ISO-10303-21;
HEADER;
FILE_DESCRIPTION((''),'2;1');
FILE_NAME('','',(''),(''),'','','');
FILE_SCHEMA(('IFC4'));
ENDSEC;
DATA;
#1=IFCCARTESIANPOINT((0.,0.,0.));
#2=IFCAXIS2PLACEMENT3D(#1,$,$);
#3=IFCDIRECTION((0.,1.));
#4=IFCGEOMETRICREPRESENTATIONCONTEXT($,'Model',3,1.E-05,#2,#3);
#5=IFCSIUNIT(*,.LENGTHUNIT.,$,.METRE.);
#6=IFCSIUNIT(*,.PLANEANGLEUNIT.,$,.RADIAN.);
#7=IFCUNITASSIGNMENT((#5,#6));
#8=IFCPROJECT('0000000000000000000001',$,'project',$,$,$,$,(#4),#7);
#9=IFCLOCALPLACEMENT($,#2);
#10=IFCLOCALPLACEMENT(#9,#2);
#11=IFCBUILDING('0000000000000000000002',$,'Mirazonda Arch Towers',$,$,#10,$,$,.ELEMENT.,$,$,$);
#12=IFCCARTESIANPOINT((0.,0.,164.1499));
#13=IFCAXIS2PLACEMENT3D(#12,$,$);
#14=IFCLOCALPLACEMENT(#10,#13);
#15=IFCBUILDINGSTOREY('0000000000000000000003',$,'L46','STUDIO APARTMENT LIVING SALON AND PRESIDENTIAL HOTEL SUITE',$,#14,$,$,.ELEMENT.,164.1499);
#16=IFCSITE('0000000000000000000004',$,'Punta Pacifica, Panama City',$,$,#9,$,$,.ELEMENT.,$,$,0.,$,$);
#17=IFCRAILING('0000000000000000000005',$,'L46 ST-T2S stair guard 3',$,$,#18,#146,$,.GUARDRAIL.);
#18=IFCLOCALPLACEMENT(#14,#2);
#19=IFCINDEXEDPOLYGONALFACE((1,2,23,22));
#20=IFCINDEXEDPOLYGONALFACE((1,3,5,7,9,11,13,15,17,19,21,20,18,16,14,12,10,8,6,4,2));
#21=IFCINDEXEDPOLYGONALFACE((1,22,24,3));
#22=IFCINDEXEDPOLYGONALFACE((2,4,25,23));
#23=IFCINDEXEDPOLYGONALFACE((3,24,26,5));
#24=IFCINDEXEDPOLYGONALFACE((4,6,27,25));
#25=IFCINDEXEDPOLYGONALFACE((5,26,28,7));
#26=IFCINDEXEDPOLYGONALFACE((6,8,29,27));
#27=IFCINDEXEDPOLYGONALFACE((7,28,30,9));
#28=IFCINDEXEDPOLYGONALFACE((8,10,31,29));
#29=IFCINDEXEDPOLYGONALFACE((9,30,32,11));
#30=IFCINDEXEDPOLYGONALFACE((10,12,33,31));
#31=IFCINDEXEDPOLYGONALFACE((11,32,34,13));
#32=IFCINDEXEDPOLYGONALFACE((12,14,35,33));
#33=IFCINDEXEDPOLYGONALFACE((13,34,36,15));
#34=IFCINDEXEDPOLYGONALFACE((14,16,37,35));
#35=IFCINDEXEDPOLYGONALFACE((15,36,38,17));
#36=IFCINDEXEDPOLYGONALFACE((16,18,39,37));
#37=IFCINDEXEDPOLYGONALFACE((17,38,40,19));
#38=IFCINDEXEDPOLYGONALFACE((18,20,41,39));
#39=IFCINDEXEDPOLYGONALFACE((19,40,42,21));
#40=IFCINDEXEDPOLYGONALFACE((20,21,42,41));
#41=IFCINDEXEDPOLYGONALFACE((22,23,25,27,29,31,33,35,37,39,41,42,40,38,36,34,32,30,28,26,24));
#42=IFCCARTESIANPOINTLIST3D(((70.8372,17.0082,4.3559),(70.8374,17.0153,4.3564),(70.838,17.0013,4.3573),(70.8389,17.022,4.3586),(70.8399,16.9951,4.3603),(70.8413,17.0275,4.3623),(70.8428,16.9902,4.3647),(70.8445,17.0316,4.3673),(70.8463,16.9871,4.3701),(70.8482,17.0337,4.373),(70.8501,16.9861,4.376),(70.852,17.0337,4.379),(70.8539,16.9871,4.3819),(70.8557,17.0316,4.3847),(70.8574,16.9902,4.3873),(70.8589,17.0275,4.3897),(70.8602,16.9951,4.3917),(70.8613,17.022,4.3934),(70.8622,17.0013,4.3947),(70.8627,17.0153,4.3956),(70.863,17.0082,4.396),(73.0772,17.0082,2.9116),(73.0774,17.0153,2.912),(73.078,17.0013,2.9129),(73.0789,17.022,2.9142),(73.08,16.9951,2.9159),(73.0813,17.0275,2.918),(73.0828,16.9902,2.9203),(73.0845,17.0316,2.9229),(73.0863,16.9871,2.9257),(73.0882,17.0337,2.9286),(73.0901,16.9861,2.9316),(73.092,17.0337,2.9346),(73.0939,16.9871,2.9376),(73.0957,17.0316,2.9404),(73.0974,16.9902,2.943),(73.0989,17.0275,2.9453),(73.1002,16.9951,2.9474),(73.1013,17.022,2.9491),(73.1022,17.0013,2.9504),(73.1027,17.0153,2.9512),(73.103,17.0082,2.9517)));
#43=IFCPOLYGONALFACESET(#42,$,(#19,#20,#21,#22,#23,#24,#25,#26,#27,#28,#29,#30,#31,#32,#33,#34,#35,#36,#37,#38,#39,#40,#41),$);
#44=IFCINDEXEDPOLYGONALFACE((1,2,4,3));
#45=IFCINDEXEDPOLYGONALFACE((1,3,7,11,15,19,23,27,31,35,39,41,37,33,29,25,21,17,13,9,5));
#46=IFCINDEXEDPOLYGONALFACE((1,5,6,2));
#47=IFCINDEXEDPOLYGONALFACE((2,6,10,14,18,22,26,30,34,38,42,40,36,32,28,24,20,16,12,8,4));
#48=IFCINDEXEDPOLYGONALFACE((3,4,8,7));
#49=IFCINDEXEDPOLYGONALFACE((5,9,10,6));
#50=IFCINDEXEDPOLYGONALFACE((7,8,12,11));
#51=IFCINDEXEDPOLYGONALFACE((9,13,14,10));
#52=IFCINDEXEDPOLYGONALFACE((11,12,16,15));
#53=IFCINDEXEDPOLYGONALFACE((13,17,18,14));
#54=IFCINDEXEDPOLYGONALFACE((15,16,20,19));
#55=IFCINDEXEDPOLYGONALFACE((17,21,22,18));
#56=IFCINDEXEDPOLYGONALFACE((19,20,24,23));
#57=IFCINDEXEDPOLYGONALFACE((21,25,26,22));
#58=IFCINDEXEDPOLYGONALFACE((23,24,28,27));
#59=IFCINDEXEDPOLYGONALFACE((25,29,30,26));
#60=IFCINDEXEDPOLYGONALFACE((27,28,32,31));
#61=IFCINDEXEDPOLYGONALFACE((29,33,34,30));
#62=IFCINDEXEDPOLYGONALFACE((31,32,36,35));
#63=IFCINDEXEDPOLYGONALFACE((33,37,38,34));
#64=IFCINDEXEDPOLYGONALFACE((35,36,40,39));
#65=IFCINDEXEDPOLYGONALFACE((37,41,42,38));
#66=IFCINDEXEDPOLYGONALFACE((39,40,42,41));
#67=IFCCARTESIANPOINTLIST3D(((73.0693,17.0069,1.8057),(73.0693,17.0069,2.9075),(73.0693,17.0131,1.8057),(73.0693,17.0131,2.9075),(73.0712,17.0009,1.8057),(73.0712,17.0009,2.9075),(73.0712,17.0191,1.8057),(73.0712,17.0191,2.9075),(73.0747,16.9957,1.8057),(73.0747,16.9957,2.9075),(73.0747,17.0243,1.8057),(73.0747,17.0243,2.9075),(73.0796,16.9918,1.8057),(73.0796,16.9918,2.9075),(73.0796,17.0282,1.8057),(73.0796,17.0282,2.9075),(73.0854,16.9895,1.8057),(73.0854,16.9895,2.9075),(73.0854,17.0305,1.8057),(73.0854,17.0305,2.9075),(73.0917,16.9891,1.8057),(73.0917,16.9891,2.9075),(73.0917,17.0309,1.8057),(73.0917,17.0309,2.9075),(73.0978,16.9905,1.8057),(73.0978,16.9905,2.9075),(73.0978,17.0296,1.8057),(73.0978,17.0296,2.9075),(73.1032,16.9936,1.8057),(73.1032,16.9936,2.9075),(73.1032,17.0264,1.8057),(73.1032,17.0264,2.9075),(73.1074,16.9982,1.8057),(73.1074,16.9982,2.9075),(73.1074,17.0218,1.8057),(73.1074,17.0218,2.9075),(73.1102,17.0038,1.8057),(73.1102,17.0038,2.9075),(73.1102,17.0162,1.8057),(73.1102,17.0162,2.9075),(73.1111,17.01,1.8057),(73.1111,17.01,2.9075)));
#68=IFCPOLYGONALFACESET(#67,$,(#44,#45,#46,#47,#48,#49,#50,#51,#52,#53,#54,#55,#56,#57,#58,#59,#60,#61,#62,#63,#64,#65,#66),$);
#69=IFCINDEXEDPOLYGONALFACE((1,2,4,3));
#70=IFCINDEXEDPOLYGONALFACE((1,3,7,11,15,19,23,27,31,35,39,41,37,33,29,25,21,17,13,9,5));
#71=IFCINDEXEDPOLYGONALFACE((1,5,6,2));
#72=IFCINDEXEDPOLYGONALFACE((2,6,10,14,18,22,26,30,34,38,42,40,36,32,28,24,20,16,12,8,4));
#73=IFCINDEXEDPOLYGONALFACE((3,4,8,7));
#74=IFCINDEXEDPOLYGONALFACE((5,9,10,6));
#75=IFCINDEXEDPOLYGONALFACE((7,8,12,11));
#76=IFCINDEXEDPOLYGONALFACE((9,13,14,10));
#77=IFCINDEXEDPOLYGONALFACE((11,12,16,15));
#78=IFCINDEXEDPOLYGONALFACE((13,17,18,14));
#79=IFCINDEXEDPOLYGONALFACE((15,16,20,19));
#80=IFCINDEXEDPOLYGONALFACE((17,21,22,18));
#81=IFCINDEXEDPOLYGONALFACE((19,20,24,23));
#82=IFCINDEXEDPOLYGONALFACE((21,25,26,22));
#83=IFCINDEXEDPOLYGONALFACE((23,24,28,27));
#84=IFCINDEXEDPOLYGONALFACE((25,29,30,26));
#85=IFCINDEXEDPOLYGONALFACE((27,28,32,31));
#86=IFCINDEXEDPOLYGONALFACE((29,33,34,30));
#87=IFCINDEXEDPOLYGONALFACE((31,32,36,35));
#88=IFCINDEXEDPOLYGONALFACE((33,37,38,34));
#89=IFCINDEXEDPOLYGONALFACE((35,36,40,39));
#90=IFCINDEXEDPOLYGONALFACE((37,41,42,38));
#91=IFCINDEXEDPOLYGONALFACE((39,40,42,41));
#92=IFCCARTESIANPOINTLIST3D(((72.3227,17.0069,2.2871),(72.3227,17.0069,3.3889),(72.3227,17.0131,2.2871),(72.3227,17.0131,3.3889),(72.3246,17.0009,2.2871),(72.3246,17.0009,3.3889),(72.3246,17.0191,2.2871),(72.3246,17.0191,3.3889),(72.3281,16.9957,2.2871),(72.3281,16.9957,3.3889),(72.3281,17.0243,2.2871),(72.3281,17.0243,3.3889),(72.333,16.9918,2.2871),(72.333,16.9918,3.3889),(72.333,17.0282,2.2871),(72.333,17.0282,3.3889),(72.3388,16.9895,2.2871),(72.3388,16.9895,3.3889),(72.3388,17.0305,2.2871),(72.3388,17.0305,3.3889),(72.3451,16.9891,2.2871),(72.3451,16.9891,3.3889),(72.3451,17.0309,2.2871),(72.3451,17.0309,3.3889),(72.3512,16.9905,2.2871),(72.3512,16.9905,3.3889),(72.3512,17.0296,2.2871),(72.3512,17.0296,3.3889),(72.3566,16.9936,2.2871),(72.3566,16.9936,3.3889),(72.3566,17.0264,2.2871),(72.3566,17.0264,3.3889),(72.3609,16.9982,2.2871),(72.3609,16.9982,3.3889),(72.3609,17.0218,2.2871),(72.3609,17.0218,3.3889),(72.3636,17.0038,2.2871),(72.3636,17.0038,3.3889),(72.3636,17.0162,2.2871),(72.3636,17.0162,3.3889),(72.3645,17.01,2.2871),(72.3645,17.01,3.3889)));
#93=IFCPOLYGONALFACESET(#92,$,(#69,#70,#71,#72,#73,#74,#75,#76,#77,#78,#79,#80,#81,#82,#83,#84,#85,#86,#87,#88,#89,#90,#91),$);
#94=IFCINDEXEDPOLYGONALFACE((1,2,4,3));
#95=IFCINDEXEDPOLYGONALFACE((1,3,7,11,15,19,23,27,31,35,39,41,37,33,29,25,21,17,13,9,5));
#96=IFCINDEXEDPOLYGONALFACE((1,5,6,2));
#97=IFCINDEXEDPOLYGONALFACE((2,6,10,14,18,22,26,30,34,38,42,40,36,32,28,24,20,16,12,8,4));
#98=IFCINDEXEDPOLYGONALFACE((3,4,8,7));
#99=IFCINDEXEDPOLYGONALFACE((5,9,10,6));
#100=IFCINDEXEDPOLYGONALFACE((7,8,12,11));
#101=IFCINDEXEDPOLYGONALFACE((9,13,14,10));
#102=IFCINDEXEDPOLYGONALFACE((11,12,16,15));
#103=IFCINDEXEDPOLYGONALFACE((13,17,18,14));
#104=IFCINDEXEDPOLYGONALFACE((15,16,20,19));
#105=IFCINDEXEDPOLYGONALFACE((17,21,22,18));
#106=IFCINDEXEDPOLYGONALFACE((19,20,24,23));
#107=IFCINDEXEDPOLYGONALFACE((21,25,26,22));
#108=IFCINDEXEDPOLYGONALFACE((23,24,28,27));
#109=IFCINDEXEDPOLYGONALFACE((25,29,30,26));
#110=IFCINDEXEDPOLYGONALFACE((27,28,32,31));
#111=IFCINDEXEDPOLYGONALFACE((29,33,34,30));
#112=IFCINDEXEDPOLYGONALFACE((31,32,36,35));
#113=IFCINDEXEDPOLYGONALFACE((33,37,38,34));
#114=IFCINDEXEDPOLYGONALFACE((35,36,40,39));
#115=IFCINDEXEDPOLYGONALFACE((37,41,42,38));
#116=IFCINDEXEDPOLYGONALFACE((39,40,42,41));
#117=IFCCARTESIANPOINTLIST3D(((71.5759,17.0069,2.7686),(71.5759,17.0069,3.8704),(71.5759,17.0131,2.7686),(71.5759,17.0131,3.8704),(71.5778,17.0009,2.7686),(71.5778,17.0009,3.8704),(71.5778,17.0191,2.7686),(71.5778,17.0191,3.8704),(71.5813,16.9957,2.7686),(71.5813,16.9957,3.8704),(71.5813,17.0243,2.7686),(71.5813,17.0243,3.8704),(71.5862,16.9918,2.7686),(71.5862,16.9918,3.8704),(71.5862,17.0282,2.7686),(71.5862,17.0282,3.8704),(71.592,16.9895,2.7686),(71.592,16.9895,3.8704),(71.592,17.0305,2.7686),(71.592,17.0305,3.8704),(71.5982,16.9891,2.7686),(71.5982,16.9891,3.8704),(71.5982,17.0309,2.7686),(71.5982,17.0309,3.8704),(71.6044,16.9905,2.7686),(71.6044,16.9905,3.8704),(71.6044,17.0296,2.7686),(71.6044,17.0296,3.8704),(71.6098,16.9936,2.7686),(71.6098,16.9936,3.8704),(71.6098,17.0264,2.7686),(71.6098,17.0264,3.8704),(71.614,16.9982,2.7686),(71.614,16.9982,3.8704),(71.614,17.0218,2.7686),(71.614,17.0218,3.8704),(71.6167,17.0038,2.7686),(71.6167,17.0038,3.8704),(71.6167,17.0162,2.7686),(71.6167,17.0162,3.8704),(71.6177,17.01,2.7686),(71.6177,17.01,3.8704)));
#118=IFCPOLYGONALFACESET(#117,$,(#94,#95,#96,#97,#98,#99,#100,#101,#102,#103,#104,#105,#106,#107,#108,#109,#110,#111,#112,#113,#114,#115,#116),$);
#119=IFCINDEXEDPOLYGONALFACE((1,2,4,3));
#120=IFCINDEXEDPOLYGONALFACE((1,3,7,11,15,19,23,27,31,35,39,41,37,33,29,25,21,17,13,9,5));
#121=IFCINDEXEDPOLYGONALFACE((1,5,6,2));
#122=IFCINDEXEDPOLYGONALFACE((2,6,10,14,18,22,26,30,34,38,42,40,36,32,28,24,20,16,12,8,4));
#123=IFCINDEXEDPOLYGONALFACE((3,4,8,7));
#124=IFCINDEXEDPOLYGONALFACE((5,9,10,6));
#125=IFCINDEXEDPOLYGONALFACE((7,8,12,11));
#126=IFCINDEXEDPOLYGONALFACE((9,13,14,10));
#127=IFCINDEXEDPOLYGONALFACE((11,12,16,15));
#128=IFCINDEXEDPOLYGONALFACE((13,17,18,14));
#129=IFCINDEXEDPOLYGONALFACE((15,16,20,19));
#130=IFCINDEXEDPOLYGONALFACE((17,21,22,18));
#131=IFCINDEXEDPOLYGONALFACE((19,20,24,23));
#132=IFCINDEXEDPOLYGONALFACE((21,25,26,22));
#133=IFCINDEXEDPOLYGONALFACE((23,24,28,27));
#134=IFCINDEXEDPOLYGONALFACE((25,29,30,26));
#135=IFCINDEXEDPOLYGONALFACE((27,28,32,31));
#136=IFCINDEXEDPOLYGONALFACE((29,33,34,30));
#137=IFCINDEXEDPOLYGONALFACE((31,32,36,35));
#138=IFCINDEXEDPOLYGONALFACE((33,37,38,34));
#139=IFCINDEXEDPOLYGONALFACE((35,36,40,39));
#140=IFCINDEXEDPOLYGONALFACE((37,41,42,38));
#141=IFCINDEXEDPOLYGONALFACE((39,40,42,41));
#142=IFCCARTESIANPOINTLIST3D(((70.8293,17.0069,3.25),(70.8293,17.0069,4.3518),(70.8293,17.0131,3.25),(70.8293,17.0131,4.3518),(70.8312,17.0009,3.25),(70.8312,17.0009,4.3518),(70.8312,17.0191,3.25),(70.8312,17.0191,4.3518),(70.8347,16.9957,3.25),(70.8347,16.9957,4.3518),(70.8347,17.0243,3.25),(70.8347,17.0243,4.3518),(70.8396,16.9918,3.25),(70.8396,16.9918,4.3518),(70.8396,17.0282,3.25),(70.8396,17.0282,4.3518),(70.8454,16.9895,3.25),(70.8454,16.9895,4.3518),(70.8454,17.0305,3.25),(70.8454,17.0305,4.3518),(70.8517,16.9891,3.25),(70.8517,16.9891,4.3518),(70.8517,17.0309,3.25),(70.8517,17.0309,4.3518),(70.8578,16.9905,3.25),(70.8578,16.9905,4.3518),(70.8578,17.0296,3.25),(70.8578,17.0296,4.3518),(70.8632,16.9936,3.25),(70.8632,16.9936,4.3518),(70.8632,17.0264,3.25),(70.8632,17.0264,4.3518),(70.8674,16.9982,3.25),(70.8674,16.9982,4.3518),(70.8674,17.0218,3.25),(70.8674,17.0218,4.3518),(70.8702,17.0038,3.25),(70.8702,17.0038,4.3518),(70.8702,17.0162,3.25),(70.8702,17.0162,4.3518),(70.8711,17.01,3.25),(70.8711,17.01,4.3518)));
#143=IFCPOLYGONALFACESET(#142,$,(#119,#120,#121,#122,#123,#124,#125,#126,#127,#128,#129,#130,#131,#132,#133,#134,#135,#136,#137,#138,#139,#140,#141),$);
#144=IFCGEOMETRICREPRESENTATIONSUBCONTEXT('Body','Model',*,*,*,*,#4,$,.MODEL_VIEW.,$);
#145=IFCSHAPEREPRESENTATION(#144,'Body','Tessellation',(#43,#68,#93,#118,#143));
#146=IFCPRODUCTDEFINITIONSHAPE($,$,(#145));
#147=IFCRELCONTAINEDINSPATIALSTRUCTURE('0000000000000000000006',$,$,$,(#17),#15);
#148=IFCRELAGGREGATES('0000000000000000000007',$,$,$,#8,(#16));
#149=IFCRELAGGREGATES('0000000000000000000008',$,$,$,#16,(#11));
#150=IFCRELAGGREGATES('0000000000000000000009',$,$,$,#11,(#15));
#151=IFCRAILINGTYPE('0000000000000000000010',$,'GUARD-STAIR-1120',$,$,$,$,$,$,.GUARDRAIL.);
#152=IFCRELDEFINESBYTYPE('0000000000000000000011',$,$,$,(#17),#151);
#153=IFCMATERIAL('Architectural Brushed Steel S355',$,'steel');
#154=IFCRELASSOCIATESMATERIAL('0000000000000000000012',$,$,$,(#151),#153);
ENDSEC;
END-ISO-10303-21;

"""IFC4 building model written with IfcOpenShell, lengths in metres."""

from ifc_helpers import new_model, si_unit, direction, frame, origin, origin_2d, place, context, subcontext, project, spatial, circle, extrude, material, type_object, element, save


model = new_model("IFC4")

# Units and contexts
model_context = context("Model", 3, precision=1e-05, world=origin(), true_north=direction((0.0, 1.0)))
body_context = subcontext(model_context, "Body", "Model", "MODEL_VIEW")
ifc_project = project(units=[si_unit("LENGTHUNIT", "METRE"), si_unit("PLANEANGLEUNIT", "RADIAN")], contexts=[model_context])

# Site, building, storey
site_placement = place(None, origin())
site = spatial("IfcSite", under=ifc_project, at=site_placement, Name="Punta Pacifica, Panama City", CompositionType="ELEMENT", RefElevation=0.0)
building_placement = place(site_placement, origin())
building = spatial("IfcBuilding", under=site, at=building_placement, Name="Mirazonda Arch Towers", CompositionType="ELEMENT")
storey_placement = place(building_placement, frame((0.0, 0.0, 164.1499)))
storey = spatial("IfcBuildingStorey", under=building, at=storey_placement, Name="L46", Description="STUDIO APARTMENT LIVING SALON AND PRESIDENTIAL HOTEL SUITE", CompositionType="ELEMENT", Elevation=164.1499)

# Shared definitions
ifc_material_1 = material(Name="Architectural Brushed Steel S355", Category="steel")

# Railing
railing_type_1 = type_object("IfcRailingType", Name="GUARD-STAIR-1120", PredefinedType="GUARDRAIL", material=ifc_material_1)
railing_1_placement = place(storey_placement, frame((73.0901, 17.01, 1.8057)))
element("IfcRailing", 1, at=railing_1_placement, inside=storey, type_object=railing_type_1, Name="L46 ST-T2S stair guard 3", PredefinedType="GUARDRAIL", context=body_context, shape_type="SweptSolid", body=[
    extrude(circle(Radius=0.0239, at=origin_2d()), frame((0.0, 0.0, 1.126), z_axis=(-0.840437, 0.0, 0.54191), x_axis=(0.0, -1.0, 0.0)), (0.0, 0.0, 1.0), 2.6653),
    extrude(circle(Radius=0.021, at=origin_2d()), origin(), (0.0, 0.0, 1.0), 1.1018),
    extrude(circle(Radius=0.021, at=origin_2d()), frame((-0.7466, 0.0, 0.4814)), (0.0, 0.0, 1.0), 1.1018),
    extrude(circle(Radius=0.021, at=origin_2d()), frame((-1.4934, 0.0, 0.9629)), (0.0, 0.0, 1.0), 1.1018),
    extrude(circle(Radius=0.021, at=origin_2d()), frame((-2.24, 0.0, 1.4443)), (0.0, 0.0, 1.0), 1.1018),
])

save(model, "model.ifc")
